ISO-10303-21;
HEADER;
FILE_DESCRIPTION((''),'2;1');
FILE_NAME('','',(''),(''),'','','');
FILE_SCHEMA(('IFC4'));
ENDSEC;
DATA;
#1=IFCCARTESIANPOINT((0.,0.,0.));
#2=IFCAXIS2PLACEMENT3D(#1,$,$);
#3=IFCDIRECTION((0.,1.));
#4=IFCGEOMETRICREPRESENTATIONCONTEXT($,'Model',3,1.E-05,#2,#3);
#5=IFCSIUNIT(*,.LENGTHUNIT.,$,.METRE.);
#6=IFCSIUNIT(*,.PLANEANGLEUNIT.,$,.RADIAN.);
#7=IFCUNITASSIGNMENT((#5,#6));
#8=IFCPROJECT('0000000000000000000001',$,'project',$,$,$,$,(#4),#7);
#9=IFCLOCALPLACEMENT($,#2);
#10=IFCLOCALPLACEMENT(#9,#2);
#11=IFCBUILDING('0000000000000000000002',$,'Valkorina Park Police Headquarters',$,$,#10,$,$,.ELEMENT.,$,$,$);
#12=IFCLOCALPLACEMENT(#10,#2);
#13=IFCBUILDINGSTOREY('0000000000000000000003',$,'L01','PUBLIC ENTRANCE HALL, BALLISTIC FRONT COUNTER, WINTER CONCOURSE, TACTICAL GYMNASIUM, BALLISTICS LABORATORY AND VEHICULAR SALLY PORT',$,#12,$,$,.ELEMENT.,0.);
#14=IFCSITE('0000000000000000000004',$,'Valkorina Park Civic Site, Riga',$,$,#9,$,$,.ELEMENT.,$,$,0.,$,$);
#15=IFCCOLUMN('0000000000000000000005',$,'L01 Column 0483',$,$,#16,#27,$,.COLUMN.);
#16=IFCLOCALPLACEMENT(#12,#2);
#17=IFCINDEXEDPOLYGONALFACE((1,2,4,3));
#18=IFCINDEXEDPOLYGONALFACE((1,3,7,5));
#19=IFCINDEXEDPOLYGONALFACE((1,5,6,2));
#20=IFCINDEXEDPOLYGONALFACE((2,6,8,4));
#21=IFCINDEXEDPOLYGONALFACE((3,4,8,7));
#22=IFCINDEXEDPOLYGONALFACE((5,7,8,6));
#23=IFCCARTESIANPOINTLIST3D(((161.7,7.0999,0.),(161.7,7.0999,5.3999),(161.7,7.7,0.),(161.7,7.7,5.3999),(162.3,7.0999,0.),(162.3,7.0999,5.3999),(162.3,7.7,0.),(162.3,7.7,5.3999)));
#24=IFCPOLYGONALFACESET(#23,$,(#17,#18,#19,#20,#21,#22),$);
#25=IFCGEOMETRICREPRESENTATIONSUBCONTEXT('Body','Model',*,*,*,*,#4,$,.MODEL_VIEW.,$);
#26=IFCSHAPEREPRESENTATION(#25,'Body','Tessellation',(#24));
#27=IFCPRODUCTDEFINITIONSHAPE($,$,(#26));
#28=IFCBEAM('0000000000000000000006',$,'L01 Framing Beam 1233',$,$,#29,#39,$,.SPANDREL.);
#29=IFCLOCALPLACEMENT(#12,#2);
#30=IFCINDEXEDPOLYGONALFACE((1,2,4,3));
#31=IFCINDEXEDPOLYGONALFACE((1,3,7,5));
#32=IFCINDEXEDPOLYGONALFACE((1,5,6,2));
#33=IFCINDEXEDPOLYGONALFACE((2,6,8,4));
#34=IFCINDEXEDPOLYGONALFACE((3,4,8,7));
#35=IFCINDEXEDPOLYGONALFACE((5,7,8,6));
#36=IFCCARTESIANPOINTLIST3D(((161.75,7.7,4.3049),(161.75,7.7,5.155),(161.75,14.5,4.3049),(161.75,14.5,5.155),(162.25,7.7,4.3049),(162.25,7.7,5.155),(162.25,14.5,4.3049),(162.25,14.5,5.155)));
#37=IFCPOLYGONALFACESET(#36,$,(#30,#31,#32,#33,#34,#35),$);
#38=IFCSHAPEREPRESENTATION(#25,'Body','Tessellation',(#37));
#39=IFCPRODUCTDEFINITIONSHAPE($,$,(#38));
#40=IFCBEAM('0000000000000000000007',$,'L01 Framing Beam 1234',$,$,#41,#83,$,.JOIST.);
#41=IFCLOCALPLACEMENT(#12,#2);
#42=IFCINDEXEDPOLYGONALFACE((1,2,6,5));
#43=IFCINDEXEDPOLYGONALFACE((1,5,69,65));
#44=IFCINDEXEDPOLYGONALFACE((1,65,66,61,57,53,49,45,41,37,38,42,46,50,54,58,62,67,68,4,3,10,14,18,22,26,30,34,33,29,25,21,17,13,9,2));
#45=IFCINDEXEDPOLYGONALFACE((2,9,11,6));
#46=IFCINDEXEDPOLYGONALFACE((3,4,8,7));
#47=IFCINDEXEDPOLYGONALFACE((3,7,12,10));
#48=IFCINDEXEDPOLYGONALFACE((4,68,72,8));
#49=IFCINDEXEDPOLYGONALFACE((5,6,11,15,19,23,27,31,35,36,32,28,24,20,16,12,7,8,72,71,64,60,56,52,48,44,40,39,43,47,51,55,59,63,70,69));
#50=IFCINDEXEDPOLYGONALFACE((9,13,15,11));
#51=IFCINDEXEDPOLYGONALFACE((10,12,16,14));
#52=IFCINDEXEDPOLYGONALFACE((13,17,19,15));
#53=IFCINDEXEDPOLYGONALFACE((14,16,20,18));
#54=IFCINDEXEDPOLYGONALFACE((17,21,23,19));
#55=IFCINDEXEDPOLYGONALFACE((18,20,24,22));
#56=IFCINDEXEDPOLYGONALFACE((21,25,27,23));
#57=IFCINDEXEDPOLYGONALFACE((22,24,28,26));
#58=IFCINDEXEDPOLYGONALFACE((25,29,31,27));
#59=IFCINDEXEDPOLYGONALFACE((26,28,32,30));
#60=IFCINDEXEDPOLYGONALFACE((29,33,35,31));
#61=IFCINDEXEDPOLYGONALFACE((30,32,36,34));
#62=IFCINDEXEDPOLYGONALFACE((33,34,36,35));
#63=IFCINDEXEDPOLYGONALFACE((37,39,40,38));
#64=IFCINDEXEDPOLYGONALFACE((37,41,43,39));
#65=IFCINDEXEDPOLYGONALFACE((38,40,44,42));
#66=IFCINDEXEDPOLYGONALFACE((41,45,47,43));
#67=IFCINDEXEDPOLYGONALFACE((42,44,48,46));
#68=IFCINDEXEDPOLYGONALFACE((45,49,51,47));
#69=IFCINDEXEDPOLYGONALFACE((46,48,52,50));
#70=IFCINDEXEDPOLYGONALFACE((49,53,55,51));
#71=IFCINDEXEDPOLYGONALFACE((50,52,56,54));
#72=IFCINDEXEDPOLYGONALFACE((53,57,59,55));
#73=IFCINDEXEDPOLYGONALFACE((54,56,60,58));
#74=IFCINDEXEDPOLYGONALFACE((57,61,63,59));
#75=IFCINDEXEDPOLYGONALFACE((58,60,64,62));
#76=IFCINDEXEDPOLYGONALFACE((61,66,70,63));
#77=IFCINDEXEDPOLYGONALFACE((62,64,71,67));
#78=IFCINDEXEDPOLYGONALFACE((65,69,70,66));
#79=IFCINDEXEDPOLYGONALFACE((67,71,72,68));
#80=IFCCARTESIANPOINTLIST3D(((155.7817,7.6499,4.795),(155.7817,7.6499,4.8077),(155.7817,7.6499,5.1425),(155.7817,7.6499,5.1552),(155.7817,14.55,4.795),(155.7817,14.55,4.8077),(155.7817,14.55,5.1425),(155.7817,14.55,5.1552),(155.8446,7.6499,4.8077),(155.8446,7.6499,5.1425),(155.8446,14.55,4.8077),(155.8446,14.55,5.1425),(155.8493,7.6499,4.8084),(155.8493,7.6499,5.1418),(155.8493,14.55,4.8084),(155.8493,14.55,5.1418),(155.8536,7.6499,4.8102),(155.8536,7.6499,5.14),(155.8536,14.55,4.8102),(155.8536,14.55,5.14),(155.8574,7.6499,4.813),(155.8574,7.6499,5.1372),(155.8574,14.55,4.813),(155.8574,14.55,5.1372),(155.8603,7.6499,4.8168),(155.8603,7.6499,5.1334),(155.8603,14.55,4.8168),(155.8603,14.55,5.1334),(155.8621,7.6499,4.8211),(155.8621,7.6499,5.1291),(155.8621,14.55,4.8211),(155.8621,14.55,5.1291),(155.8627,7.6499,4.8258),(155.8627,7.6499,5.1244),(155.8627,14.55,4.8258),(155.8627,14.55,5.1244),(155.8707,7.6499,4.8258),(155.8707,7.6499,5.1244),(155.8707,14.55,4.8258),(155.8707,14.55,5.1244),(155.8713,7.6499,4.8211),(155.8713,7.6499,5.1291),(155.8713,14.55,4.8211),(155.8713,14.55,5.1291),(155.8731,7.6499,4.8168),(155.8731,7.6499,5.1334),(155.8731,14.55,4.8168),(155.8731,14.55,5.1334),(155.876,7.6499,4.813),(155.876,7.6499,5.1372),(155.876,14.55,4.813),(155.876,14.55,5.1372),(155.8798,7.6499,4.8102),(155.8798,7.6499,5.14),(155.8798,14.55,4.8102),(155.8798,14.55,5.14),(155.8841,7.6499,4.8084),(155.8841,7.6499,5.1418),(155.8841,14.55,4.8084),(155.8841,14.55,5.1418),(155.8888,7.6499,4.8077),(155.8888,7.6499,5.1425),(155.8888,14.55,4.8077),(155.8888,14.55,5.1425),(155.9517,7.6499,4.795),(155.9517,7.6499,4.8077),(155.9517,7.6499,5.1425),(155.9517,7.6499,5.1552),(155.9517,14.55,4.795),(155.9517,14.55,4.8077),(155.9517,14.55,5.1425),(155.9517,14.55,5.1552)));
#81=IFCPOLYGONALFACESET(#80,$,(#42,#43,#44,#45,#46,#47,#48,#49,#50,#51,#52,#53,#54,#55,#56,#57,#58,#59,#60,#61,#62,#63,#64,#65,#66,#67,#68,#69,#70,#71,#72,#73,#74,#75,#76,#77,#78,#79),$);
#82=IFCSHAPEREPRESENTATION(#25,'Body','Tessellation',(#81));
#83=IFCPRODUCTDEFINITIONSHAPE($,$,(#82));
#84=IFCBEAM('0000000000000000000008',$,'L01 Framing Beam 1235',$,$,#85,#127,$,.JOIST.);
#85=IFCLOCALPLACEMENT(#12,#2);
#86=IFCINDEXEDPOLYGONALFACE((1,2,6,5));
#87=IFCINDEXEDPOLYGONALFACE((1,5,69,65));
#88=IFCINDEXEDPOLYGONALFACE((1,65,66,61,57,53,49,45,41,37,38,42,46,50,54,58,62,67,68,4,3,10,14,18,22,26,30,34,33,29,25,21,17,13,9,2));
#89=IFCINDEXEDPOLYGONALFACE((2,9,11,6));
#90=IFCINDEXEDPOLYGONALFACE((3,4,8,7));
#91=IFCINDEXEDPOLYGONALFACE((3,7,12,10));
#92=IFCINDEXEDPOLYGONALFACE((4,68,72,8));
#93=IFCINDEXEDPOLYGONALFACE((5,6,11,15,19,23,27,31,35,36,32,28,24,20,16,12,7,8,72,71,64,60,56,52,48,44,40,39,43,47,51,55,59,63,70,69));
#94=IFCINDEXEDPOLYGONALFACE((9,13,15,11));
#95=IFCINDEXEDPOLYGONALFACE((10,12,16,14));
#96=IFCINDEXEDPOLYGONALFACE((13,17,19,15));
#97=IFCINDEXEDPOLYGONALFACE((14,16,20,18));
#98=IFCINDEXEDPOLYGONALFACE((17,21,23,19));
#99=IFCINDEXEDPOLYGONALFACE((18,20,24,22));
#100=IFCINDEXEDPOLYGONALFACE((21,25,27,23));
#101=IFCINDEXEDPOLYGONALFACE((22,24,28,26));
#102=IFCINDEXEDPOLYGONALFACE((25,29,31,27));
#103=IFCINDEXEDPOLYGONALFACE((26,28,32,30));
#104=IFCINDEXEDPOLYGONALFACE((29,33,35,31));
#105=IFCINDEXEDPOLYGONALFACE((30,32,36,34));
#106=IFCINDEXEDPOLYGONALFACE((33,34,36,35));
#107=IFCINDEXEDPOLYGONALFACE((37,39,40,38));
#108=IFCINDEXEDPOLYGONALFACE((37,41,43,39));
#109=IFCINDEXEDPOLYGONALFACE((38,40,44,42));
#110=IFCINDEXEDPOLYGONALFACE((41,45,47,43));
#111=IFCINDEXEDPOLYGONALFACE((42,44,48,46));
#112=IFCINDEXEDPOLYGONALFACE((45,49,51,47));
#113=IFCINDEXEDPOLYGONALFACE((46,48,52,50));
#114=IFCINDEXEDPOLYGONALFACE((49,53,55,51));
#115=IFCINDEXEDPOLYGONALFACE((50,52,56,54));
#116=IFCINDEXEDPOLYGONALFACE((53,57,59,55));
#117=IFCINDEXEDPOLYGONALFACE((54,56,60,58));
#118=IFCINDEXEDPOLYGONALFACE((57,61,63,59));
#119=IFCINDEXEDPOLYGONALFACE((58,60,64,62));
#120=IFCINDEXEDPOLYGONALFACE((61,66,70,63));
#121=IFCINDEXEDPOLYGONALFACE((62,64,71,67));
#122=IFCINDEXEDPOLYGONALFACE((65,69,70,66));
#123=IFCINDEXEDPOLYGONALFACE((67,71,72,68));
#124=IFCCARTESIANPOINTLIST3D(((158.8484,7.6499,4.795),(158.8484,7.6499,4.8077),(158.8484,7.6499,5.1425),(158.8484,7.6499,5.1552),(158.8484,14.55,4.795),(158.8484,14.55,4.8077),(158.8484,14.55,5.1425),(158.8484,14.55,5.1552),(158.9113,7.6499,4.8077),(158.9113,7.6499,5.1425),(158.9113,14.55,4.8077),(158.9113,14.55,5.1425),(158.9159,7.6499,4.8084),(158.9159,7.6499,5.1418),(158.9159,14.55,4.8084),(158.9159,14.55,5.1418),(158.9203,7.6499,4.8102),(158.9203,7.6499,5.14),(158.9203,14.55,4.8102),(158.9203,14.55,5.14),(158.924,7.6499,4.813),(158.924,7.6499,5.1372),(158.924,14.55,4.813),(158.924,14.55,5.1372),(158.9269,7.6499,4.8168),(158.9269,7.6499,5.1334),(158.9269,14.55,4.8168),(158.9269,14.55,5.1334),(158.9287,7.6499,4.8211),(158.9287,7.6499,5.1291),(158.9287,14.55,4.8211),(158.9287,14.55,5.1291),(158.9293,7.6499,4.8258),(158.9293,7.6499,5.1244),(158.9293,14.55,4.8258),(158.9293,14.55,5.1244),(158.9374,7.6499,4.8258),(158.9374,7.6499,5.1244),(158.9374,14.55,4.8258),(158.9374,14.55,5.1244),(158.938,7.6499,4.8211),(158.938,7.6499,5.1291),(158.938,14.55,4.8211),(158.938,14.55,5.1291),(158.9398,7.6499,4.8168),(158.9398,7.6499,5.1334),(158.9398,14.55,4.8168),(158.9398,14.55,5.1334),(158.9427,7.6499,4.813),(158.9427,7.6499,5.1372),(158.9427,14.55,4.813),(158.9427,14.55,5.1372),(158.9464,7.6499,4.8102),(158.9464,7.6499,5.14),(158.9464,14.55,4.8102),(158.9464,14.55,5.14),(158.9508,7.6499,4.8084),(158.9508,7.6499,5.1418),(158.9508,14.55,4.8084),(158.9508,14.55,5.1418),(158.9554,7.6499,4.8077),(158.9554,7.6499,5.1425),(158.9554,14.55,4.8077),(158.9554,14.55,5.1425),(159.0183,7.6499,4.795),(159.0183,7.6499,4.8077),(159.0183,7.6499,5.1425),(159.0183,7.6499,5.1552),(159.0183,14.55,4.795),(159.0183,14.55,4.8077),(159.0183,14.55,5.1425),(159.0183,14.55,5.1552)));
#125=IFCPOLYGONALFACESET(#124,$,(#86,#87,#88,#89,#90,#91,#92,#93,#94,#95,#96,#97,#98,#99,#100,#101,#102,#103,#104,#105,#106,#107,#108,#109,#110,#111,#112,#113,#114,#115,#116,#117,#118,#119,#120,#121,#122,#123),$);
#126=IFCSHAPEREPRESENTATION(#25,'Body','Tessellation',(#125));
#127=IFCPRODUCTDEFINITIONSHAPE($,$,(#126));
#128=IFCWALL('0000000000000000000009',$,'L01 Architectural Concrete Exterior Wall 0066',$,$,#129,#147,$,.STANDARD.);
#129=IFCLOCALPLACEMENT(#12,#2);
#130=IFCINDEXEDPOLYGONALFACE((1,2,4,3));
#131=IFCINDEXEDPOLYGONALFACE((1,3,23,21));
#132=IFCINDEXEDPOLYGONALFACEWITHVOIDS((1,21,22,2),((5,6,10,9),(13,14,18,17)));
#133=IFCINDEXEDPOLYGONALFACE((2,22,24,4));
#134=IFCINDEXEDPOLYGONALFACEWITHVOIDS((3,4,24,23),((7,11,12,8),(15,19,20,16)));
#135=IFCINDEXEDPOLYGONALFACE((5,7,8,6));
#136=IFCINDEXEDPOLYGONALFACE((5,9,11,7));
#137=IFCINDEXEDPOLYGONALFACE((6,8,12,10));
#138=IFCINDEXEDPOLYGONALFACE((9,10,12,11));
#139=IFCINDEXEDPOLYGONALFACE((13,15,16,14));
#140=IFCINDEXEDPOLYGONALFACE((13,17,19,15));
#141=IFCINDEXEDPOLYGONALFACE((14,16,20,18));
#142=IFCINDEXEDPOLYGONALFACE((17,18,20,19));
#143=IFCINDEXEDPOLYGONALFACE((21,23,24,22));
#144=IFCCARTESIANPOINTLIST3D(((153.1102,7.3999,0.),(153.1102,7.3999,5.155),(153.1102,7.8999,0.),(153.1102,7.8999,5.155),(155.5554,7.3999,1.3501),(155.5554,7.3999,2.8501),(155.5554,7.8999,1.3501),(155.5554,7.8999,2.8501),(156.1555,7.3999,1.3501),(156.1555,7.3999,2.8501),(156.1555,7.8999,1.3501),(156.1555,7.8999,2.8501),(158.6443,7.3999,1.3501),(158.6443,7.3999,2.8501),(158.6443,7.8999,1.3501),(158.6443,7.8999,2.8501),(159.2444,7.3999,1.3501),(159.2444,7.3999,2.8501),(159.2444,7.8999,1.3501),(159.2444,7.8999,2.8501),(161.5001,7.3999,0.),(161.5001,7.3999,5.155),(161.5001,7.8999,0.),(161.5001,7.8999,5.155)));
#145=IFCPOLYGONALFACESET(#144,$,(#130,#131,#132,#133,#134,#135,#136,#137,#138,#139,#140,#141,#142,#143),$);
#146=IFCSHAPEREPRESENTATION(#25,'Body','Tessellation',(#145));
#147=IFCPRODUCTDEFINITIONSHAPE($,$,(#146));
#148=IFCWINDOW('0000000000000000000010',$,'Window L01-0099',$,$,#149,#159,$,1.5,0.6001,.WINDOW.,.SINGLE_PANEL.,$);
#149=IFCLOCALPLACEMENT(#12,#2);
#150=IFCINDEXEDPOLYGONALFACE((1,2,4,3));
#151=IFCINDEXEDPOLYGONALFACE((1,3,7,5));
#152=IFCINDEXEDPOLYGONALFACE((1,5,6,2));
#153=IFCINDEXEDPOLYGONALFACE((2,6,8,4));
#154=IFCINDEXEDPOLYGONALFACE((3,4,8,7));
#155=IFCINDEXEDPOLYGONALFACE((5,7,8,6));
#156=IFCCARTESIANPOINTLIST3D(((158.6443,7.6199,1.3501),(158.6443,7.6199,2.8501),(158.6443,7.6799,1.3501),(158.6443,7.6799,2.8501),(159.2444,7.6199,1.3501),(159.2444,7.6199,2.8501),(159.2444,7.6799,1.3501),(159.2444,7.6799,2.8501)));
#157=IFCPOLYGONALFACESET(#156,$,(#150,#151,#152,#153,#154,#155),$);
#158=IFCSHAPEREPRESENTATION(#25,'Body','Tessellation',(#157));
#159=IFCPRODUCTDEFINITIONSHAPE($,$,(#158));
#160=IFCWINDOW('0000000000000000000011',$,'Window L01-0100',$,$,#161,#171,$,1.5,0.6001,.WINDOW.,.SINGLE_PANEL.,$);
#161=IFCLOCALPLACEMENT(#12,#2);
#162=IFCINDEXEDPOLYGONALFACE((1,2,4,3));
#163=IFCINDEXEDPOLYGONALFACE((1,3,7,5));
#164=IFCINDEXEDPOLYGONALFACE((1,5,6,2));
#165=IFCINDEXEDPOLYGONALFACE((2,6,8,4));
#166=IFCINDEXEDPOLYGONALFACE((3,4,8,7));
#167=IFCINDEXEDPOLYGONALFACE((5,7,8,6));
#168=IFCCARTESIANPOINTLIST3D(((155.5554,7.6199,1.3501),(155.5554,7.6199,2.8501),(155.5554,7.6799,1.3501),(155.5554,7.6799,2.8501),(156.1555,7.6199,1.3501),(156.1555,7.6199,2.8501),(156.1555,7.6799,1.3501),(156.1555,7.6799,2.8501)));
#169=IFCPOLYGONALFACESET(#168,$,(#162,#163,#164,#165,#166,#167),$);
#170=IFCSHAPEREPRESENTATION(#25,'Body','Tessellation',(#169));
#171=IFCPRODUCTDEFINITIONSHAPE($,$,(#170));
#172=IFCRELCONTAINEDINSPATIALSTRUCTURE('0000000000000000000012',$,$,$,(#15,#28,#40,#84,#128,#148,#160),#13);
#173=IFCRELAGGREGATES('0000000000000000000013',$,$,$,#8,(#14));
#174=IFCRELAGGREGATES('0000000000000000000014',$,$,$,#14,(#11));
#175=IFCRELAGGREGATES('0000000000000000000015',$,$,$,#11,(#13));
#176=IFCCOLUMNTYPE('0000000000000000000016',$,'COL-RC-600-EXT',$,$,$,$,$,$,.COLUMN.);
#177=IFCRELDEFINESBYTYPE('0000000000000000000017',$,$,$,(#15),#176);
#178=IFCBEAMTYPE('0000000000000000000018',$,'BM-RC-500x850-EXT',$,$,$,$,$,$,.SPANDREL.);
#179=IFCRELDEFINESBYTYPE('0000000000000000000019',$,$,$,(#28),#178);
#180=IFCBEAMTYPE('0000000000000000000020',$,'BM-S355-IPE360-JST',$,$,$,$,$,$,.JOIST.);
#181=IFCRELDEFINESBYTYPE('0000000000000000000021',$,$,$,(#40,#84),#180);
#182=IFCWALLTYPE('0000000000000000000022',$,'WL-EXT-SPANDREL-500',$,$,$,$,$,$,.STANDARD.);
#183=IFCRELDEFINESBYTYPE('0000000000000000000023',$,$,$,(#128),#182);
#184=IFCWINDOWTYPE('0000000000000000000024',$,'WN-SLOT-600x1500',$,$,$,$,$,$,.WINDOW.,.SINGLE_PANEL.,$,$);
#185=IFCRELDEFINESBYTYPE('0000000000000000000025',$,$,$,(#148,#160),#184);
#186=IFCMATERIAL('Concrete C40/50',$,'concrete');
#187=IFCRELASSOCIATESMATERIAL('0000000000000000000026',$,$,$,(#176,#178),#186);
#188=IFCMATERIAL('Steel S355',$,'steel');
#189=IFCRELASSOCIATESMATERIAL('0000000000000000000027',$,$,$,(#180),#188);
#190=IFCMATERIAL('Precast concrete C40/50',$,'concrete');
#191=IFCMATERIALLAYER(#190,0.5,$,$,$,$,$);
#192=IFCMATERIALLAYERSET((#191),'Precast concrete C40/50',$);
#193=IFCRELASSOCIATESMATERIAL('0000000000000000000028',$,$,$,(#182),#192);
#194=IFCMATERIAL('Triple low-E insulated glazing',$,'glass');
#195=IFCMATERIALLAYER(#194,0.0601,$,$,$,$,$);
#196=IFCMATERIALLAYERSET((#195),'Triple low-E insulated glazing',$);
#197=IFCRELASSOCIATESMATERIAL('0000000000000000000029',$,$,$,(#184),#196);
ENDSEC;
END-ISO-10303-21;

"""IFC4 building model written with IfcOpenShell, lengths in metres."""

from ifc_helpers import new_model, si_unit, direction, frame, frame_2d, origin, origin_2d, place, context, subcontext, project, spatial, rectangle, i_section, extrude, material, layer, layer_set, material_profile, profile_set, type_object, element, fill, save


model = new_model("IFC4")

# Units and contexts
model_context = context("Model", 3, precision=1e-05, world=origin(), true_north=direction((0.0, 1.0)))
body_context = subcontext(model_context, "Body", "Model", "MODEL_VIEW")
ifc_project = project(units=[si_unit("LENGTHUNIT", "METRE"), si_unit("PLANEANGLEUNIT", "RADIAN")], contexts=[model_context])

# Site, building, storey
site_placement = place(None, origin())
site = spatial("IfcSite", under=ifc_project, at=site_placement, Name="Valkorina Park Civic Site, Riga", CompositionType="ELEMENT", RefElevation=0.0)
building_placement = place(site_placement, origin())
building = spatial("IfcBuilding", under=site, at=building_placement, Name="Valkorina Park Police Headquarters", CompositionType="ELEMENT")
storey_placement = place(building_placement, origin())
storey = spatial("IfcBuildingStorey", under=building, at=storey_placement, Name="L01", Description="PUBLIC ENTRANCE HALL, BALLISTIC FRONT COUNTER, WINTER CONCOURSE, TACTICAL GYMNASIUM, BALLISTICS LABORATORY AND VEHICULAR SALLY PORT", CompositionType="ELEMENT", Elevation=0.0)

# Column
ifc_material_1 = material(Name="Concrete C40/50", Category="concrete")
ifc_material_profile_1 = material_profile(ifc_material_1, rectangle(XDim=0.6001, YDim=0.6001, at=origin_2d()), Name="RC COL 600x600")
ifc_profile_set_1 = profile_set([ifc_material_profile_1], Name="Concrete C40/50")
column_type = type_object("IfcColumnType", Name="COL-RC-600-EXT", PredefinedType="COLUMN", material=ifc_profile_set_1)
column_placement = place(storey_placement, frame((162.0, 7.3999, 0.0), z_axis=(0.0, 0.0, 1.0), x_axis=(1.0, 0.0, 0.0)))
element("IfcColumn", 1, at=column_placement, inside=storey, type_object=column_type, Name="L01 Column 0483", PredefinedType="COLUMN", context=body_context, shape_type="SweptSolid", body=[
    extrude(rectangle(XDim=0.6001, YDim=0.6001, at=origin_2d()), origin(), (0.0, 0.0, 1.0), 5.3999),
])

# Beams
ifc_material_profile_2 = material_profile(ifc_material_1, rectangle(XDim=0.5, YDim=0.8501, at=origin_2d()), Name="RC BEAM 500x850")
ifc_profile_set_2 = profile_set([ifc_material_profile_2], Name="Concrete C40/50")
beam_type_1 = type_object("IfcBeamType", Name="BM-RC-500x850-EXT", PredefinedType="SPANDREL", material=ifc_profile_set_2)
beam_placement = place(storey_placement, frame((162.0, 7.7, 4.73), z_axis=(0.0, 1.0, 0.0), x_axis=(-1.0, 0.0, 0.0)))
element("IfcBeam", 2, at=beam_placement, inside=storey, type_object=beam_type_1, Name="L01 Framing Beam 1233", PredefinedType="SPANDREL", context=body_context, shape_type="SweptSolid", body=[
    extrude(rectangle(XDim=0.5, YDim=0.8501, at=origin_2d()), origin(), (0.0, 0.0, 1.0), 6.8),
])
ifc_material_2 = material(Name="Steel S355", Category="steel")
ifc_material_profile_3 = material_profile(ifc_material_2, i_section(OverallWidth=0.1699, OverallDepth=0.3601, WebThickness=0.0081, FlangeThickness=0.0127, FilletRadius=0.0181, at=origin_2d()), Name="IPE 360")
ifc_profile_set_3 = profile_set([ifc_material_profile_3], Name="Steel S355")
beam_type_2 = type_object("IfcBeamType", Name="BM-S355-IPE360-JST", PredefinedType="JOIST", material=ifc_profile_set_3)
for number, where, z_axis, x_axis, name in (
    (3, (155.8667, 7.6499, 4.9751), (0.0, 1.0, 0.0), (-1.0, 0.0, 0.0), "L01 Framing Beam 1234"),
    (4, (158.9333, 7.6499, 4.9751), (0.0, 1.0, 0.0), (-1.0, 0.0, 0.0), "L01 Framing Beam 1235"),
):
    element("IfcBeam", number, at=place(storey_placement, frame(where, z_axis=z_axis, x_axis=x_axis)), inside=storey, type_object=beam_type_2, Name=name, PredefinedType="JOIST", context=body_context, shape_type="SweptSolid", body=[
        extrude(i_section(OverallWidth=0.1699, OverallDepth=0.3601, WebThickness=0.0081, FlangeThickness=0.0127, FilletRadius=0.0181, at=origin_2d()), origin(), (0.0, 0.0, 1.0), 6.9001),
    ])

# Wall, openings, windows
ifc_material_3 = material(Name="Precast concrete C40/50", Category="concrete")
ifc_layer_1 = layer(ifc_material_3, 0.5)
ifc_layer_set_1 = layer_set([ifc_layer_1], Name="Precast concrete C40/50")
wall_type = type_object("IfcWallType", Name="WL-EXT-SPANDREL-500", PredefinedType="STANDARD", material=ifc_layer_set_1)
wall_placement = place(storey_placement, frame((161.5, 7.6499, 0.0), z_axis=(0.0, 0.0, 1.0), x_axis=(-1.0, 0.0, 0.0)))
wall = element("IfcWall", 5, at=wall_placement, inside=storey, type_object=wall_type, Name="L01 Architectural Concrete Exterior Wall 0066", PredefinedType="STANDARD", context=body_context, shape_type="SweptSolid", body=[
    extrude(rectangle(XDim=8.3899, YDim=0.5, at=frame_2d((4.1948, 0.0))), origin(), (0.0, 0.0, 1.0), 5.155),
])
opening_1_placement = place(wall_placement, frame((2.2556, 0.0, 1.3501)))
opening_1 = element("IfcOpeningElement", 6, at=opening_1_placement, cuts=wall, PredefinedType="OPENING", context=body_context, shape_type="SweptSolid", body=[
    extrude(rectangle(XDim=0.6001, YDim=1.5, at=frame_2d((0.3, 0.75))), frame((0.0, 0.26, 0.0), z_axis=(0.0, -1.0, 0.0), x_axis=(1.0, 0.0, 0.0)), (0.0, 0.0, 1.0), 0.52),
])
opening_2_placement = place(wall_placement, frame((5.3445, 0.0, 1.3501)))
opening_2 = element("IfcOpeningElement", 7, at=opening_2_placement, cuts=wall, PredefinedType="OPENING", context=body_context, shape_type="SweptSolid", body=[
    extrude(rectangle(XDim=0.6001, YDim=1.5, at=frame_2d((0.3, 0.75))), frame((0.0, 0.26, 0.0), z_axis=(0.0, -1.0, 0.0), x_axis=(1.0, 0.0, 0.0)), (0.0, 0.0, 1.0), 0.52),
])
ifc_material_4 = material(Name="Triple low-E insulated glazing", Category="glass")
ifc_layer_2 = layer(ifc_material_4, 0.0601)
ifc_layer_set_2 = layer_set([ifc_layer_2], Name="Triple low-E insulated glazing")
window_type = type_object("IfcWindowType", Name="WN-SLOT-600x1500", PartitioningType="SINGLE_PANEL", PredefinedType="WINDOW", material=ifc_layer_set_2)
window_1_placement = place(opening_1_placement, origin())
window_1 = element("IfcWindow", 8, at=window_1_placement, inside=storey, type_object=window_type, Name="Window L01-0099", OverallHeight=1.5, OverallWidth=0.6001, PartitioningType="SINGLE_PANEL", PredefinedType="WINDOW", context=body_context, shape_type="SweptSolid", body=[
    extrude(rectangle(XDim=0.6001, YDim=1.5, at=frame_2d((0.3, 0.75))), frame((0.0, 0.03, 0.0), z_axis=(0.0, -1.0, 0.0), x_axis=(1.0, 0.0, 0.0)), (0.0, 0.0, 1.0), 0.0601),
])
fill(opening_1, window_1)
window_2_placement = place(opening_2_placement, origin())
window_2 = element("IfcWindow", 9, at=window_2_placement, inside=storey, type_object=window_type, Name="Window L01-0100", OverallHeight=1.5, OverallWidth=0.6001, PartitioningType="SINGLE_PANEL", PredefinedType="WINDOW", context=body_context, shape_type="SweptSolid", body=[
    extrude(rectangle(XDim=0.6001, YDim=1.5, at=frame_2d((0.3, 0.75))), frame((0.0, 0.03, 0.0), z_axis=(0.0, -1.0, 0.0), x_axis=(1.0, 0.0, 0.0)), (0.0, 0.0, 1.0), 0.0601),
])
fill(opening_2, window_2)

save(model, "model.ifc")
